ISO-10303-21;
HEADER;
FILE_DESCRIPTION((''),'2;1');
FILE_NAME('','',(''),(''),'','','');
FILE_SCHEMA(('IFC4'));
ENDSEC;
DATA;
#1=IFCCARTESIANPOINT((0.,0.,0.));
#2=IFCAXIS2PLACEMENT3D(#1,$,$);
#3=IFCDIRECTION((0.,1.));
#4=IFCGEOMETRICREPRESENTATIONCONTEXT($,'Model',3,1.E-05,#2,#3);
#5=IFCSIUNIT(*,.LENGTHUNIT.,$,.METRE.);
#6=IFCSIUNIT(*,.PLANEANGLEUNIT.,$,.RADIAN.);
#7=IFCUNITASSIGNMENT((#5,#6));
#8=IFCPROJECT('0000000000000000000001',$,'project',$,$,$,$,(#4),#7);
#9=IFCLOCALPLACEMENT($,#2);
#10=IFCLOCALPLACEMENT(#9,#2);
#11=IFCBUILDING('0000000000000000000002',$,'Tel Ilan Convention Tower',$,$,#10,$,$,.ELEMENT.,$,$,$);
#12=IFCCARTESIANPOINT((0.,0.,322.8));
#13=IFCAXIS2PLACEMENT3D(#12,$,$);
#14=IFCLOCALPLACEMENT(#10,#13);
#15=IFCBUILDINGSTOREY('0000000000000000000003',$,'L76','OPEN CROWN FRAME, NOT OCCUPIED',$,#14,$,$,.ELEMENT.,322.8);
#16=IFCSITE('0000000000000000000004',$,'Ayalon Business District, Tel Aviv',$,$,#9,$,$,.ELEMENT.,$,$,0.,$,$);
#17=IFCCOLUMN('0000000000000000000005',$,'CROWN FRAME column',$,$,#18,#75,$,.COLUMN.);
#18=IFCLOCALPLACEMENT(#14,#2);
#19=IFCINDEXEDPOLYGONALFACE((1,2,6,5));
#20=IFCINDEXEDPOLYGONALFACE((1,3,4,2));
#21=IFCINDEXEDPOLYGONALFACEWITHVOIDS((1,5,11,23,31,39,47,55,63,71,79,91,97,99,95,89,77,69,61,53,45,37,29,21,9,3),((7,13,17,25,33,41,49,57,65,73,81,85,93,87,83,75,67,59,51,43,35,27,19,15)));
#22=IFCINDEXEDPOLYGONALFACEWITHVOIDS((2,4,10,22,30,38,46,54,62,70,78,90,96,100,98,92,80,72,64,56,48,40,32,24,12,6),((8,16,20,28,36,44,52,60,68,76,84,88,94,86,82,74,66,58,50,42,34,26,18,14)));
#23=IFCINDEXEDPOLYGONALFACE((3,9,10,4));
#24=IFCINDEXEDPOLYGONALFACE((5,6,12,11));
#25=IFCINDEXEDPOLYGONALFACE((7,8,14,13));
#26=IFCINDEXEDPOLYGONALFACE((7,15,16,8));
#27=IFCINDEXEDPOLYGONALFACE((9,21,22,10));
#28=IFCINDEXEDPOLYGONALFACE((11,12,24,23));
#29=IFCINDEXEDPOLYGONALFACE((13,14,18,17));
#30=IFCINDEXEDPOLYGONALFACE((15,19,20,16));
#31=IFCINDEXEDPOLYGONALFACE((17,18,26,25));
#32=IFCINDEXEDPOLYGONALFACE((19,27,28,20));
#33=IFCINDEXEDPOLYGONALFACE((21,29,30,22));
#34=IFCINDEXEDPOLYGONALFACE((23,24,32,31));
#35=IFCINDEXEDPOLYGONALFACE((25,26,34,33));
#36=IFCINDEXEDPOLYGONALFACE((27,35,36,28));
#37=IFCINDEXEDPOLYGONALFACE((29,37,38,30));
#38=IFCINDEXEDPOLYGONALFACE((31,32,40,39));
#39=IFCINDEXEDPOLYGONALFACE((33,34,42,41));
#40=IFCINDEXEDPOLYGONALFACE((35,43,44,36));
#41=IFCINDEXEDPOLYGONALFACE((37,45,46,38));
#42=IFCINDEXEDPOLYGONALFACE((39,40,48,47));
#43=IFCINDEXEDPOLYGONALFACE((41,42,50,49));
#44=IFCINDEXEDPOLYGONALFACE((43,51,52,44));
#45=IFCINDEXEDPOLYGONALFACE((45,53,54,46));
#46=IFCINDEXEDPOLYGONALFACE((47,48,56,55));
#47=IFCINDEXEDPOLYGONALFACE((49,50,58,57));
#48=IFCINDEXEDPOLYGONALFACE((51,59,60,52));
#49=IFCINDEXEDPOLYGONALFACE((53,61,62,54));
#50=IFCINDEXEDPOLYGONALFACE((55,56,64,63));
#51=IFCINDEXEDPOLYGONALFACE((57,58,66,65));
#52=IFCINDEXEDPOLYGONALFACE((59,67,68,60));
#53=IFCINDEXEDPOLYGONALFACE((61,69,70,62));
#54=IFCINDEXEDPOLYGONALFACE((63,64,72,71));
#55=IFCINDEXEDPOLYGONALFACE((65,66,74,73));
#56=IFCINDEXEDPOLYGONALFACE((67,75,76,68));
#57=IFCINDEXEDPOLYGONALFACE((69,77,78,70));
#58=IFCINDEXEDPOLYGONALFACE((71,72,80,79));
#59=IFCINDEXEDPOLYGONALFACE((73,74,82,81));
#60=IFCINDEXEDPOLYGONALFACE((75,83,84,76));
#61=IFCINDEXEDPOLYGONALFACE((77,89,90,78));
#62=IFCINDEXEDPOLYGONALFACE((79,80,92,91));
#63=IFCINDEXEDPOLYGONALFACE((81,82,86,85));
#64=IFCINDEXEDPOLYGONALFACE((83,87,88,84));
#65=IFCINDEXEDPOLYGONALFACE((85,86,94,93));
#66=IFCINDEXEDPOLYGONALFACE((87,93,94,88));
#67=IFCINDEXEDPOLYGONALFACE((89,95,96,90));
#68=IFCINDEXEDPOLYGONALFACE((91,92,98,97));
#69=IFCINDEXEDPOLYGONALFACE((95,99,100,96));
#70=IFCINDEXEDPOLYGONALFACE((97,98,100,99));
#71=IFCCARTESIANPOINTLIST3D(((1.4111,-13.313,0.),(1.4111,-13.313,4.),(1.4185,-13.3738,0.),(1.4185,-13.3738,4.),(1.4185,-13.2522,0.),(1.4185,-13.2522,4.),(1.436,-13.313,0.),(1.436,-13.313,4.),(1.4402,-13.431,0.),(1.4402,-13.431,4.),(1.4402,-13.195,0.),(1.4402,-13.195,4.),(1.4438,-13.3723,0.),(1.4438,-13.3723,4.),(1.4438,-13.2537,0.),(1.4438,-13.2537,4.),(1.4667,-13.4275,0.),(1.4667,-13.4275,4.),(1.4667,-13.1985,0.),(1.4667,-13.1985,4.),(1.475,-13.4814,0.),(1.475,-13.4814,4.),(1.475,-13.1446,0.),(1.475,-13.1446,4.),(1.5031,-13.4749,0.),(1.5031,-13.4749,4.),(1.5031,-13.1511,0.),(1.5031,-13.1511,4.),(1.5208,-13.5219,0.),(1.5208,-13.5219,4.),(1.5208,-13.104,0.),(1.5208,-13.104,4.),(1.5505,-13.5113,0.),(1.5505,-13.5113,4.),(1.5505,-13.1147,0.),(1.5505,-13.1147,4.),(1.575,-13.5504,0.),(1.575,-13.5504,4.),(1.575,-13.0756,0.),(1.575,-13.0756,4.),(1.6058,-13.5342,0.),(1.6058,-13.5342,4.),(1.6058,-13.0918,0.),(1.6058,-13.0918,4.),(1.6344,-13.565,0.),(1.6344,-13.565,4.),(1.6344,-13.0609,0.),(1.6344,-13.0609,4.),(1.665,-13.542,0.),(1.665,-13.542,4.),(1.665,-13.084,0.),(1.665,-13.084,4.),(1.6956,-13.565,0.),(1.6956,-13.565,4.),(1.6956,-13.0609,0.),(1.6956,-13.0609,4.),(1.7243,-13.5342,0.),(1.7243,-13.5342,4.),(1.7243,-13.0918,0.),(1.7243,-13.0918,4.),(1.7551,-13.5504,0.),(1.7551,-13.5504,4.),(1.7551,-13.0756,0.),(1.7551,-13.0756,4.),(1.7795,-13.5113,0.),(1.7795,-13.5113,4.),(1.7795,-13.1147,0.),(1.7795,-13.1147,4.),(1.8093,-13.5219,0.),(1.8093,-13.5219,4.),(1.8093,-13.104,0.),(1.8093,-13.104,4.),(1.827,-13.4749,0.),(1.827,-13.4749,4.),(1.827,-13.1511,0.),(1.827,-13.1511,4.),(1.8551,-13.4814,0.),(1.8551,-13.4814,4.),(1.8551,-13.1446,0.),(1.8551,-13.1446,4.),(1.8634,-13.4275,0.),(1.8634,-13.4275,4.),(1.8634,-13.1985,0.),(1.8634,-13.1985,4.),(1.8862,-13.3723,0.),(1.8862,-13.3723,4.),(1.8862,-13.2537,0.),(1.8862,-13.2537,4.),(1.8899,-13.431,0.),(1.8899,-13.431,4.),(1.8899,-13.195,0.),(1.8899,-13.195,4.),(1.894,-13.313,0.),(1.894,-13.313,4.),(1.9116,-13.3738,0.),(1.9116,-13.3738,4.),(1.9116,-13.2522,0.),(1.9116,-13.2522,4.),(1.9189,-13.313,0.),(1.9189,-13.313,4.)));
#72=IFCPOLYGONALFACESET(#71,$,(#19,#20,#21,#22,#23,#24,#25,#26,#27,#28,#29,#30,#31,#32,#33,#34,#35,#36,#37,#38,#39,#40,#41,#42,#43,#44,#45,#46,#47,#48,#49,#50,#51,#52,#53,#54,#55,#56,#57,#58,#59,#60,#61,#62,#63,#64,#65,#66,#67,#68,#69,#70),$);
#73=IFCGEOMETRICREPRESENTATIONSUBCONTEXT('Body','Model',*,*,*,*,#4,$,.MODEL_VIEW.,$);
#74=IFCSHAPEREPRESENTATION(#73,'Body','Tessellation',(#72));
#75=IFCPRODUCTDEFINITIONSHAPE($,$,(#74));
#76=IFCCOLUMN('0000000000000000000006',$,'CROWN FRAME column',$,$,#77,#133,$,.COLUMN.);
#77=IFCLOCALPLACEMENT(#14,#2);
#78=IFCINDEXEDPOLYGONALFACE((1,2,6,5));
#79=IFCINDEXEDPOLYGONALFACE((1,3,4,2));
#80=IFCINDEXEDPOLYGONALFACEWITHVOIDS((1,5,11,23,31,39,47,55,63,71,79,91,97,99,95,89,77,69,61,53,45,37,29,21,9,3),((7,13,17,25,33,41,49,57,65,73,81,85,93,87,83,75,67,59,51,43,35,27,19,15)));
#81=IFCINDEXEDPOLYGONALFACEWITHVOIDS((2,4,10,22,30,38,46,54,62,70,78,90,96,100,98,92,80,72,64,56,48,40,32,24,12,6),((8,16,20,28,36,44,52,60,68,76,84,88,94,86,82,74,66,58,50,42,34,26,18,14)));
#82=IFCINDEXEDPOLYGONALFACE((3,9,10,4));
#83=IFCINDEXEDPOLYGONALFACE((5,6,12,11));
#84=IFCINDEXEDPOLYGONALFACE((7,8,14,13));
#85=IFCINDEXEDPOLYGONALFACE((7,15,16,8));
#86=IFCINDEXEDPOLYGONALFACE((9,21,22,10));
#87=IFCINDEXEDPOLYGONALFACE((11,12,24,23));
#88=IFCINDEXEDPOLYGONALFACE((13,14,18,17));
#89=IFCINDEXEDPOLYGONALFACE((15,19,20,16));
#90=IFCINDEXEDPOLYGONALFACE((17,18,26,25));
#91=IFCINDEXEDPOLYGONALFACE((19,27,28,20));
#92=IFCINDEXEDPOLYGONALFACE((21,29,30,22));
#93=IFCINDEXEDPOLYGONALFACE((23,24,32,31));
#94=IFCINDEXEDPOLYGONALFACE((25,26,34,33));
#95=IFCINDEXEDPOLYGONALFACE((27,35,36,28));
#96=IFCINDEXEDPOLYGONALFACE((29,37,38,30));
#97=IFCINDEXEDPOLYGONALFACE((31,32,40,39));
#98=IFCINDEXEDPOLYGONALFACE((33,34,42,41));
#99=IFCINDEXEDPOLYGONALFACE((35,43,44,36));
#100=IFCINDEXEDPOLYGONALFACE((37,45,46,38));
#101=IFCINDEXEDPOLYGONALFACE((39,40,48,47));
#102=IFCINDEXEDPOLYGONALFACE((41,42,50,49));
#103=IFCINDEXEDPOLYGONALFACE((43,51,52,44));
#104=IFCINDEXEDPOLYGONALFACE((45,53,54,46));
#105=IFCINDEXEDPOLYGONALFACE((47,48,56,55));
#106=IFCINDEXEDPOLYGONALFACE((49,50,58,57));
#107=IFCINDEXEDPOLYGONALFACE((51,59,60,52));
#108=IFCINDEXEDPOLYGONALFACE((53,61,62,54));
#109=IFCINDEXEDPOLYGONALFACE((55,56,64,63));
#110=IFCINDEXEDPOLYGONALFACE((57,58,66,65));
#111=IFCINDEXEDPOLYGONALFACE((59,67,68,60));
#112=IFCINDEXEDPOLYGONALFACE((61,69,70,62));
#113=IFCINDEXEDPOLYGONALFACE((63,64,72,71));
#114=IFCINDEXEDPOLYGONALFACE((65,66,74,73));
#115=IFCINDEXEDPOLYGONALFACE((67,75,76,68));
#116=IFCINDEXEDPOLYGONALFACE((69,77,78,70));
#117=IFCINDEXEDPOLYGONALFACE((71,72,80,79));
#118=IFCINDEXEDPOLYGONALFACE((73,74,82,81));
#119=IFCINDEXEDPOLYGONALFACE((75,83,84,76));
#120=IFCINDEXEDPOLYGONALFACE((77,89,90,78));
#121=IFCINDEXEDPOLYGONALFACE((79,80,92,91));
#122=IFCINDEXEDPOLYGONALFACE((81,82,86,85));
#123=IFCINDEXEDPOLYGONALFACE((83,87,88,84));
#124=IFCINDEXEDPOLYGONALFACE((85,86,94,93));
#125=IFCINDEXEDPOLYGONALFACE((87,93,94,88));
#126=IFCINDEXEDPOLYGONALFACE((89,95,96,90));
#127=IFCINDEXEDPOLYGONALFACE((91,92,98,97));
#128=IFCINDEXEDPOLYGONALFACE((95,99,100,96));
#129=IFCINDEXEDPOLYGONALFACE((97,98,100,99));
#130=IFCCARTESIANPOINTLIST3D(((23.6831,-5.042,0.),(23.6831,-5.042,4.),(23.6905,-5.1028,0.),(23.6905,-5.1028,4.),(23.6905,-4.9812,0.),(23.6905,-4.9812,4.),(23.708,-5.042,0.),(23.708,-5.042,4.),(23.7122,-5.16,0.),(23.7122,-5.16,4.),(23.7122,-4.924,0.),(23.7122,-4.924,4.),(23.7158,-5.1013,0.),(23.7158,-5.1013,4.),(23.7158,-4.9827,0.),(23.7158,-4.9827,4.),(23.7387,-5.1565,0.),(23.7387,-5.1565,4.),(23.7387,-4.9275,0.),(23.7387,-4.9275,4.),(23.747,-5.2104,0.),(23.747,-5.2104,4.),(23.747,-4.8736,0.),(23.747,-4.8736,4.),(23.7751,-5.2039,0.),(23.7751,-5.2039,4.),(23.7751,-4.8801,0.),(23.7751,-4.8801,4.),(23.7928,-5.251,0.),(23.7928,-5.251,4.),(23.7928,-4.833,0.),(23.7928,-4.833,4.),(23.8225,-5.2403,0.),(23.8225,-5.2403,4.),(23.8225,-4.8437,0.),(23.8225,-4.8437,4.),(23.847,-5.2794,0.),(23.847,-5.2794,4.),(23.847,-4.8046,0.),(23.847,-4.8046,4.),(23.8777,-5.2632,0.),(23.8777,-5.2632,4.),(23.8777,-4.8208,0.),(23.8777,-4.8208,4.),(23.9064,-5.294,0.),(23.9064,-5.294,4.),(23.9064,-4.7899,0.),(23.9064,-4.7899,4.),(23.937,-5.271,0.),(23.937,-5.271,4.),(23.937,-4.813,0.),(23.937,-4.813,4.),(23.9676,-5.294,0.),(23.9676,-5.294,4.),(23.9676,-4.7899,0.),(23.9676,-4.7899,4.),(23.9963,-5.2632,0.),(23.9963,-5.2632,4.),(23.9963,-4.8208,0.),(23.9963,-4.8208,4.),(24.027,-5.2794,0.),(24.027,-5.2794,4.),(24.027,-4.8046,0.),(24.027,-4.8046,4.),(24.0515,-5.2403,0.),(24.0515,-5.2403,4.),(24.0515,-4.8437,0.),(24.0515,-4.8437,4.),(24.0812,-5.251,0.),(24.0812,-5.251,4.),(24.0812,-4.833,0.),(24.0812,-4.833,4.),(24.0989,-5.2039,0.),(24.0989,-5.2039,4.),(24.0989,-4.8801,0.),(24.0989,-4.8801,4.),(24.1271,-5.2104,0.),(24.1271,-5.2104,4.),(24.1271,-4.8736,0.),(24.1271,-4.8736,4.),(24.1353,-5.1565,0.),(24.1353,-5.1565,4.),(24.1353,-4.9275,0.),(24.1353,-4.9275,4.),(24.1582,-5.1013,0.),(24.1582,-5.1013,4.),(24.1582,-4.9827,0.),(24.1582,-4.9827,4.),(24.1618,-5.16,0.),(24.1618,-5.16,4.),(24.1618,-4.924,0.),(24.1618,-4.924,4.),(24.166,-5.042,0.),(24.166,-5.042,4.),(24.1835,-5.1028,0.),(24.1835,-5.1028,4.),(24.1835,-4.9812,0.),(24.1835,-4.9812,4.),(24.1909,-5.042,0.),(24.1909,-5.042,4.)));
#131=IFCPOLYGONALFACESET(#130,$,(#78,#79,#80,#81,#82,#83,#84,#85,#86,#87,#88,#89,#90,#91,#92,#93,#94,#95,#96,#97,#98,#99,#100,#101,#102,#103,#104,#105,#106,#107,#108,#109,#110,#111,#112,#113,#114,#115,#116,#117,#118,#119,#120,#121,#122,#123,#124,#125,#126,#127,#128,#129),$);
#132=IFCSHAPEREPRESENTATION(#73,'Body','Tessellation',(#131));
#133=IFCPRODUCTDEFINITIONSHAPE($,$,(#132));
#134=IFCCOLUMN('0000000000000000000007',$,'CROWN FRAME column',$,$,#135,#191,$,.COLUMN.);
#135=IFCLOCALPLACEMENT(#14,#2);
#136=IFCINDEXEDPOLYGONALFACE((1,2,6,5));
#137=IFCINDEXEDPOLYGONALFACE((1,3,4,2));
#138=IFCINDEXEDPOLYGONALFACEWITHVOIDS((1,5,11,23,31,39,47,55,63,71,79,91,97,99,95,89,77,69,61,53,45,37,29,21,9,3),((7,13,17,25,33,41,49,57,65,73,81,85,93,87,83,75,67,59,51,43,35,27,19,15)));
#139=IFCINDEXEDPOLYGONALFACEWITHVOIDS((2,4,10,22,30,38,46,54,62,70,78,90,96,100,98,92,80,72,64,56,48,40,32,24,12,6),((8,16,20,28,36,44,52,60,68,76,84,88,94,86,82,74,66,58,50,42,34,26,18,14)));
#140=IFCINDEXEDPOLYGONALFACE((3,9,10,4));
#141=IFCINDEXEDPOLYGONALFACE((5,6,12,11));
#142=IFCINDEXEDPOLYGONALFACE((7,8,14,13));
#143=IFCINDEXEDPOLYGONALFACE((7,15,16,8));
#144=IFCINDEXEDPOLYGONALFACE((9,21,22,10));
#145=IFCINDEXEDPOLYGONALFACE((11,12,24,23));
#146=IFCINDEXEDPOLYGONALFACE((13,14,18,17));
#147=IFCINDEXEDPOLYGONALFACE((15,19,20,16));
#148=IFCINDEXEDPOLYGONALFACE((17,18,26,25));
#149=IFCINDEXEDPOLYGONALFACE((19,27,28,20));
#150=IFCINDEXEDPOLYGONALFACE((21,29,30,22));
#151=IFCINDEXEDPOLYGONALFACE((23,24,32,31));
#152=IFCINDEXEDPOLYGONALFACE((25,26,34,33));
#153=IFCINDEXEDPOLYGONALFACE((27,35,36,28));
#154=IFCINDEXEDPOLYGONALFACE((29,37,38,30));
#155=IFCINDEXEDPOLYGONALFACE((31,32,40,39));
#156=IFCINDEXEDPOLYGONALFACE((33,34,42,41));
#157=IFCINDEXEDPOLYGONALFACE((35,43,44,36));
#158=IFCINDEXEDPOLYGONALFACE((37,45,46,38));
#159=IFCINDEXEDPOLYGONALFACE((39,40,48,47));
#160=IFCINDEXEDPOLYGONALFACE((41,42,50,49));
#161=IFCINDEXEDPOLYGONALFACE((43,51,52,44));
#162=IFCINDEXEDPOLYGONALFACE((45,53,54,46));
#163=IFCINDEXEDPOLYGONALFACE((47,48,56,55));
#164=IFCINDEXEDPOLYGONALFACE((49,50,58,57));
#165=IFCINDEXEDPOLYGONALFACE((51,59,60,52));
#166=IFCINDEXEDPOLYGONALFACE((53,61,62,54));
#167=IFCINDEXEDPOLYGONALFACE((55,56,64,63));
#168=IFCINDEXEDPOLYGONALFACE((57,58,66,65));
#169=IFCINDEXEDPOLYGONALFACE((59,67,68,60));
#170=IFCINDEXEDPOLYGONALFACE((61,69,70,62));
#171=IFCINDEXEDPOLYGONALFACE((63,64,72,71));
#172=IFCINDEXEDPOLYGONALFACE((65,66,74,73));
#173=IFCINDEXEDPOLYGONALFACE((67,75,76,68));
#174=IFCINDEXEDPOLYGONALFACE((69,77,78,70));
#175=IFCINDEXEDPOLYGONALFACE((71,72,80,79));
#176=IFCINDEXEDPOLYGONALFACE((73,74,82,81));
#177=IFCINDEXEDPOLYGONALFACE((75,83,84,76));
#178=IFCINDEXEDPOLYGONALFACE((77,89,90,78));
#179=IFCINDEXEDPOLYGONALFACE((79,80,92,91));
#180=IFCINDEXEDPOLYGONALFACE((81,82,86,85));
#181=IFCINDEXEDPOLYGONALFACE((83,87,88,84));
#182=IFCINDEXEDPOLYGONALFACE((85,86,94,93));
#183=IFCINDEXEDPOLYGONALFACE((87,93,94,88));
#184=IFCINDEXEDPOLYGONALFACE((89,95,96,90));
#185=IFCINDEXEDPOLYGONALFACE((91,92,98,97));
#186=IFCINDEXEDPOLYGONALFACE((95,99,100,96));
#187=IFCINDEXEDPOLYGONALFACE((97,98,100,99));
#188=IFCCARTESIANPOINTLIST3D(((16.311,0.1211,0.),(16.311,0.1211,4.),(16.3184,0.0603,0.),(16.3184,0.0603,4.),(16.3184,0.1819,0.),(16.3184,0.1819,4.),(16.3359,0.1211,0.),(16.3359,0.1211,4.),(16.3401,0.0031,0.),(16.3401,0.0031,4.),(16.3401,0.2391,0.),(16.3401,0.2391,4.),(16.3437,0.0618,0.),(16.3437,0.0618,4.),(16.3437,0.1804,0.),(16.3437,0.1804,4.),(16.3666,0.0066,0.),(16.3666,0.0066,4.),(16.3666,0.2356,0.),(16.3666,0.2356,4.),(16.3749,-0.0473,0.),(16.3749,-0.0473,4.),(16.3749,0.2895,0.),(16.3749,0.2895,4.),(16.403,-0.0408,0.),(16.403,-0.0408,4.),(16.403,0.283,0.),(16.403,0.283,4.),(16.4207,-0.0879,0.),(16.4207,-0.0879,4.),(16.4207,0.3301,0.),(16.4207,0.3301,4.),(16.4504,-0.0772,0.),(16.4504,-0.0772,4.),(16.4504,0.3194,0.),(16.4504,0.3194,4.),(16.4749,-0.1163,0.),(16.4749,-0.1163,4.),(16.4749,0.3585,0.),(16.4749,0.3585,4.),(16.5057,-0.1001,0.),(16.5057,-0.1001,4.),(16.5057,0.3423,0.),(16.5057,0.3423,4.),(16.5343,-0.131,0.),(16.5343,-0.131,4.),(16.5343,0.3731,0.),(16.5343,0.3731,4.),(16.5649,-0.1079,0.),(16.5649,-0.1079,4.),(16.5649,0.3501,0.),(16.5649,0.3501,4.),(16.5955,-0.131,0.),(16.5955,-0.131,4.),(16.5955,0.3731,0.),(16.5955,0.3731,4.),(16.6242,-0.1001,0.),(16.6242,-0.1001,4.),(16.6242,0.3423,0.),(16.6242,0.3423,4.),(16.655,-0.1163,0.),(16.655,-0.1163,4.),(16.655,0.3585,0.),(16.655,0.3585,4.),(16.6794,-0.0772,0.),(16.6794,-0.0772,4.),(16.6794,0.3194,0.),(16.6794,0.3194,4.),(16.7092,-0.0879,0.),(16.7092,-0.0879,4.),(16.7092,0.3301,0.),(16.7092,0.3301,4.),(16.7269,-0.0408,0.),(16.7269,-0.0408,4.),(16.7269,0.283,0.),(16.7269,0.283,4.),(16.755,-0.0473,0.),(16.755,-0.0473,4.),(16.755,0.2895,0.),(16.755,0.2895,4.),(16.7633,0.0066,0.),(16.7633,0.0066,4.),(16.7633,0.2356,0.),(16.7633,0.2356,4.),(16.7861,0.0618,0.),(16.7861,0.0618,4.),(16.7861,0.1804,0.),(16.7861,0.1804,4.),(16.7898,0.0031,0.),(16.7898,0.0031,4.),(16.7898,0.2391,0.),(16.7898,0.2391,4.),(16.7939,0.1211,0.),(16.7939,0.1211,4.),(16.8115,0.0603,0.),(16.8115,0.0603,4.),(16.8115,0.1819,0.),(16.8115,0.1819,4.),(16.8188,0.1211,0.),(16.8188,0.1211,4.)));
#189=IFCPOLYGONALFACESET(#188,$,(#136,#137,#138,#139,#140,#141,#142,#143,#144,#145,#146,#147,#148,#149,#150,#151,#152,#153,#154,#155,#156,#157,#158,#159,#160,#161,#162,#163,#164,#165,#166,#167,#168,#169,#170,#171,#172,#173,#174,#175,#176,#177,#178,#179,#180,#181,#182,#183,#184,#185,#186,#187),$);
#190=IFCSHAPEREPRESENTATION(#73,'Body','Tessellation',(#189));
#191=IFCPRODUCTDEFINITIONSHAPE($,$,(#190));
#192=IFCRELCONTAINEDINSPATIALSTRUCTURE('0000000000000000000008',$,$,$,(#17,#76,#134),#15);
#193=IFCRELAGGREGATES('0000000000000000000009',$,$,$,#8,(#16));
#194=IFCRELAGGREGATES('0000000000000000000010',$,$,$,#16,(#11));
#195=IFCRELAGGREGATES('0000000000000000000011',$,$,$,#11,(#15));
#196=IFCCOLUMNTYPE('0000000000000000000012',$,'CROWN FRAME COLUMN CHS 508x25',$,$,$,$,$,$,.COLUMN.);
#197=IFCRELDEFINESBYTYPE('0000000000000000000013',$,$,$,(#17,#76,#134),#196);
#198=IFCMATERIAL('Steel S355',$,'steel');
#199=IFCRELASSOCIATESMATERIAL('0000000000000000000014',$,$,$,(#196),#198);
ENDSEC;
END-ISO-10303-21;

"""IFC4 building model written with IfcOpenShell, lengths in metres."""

from ifc_helpers import new_model, si_unit, direction, frame, origin, origin_2d, place, context, subcontext, project, spatial, hollow_circle, extrude, material, material_profile, profile_set, type_object, element, save


model = new_model("IFC4")

# Units and contexts
model_context = context("Model", 3, precision=1e-05, world=origin(), true_north=direction((0.0, 1.0)))
body_context = subcontext(model_context, "Body", "Model", "MODEL_VIEW")
ifc_project = project(units=[si_unit("LENGTHUNIT", "METRE"), si_unit("PLANEANGLEUNIT", "RADIAN")], contexts=[model_context])

# Site, building, storey
site_placement = place(None, origin())
site = spatial("IfcSite", under=ifc_project, at=site_placement, Name="Ayalon Business District, Tel Aviv", CompositionType="ELEMENT", RefElevation=0.0)
building_placement = place(site_placement, origin())
building = spatial("IfcBuilding", under=site, at=building_placement, Name="Tel Ilan Convention Tower", CompositionType="ELEMENT")
storey_placement = place(building_placement, frame((0.0, 0.0, 322.8)))
storey = spatial("IfcBuildingStorey", under=building, at=storey_placement, Name="L76", Description="OPEN CROWN FRAME, NOT OCCUPIED", CompositionType="ELEMENT", Elevation=322.8)

# Columns
ifc_material_1 = material(Name="Steel S355", Category="steel")
ifc_material_profile_1 = material_profile(ifc_material_1, hollow_circle(Radius=0.2539, WallThickness=0.0249, at=origin_2d()), Name="CHS 508x25")
ifc_profile_set_1 = profile_set([ifc_material_profile_1], Name="Steel S355")
column_type_1 = type_object("IfcColumnType", Name="CROWN FRAME COLUMN CHS 508x25", PredefinedType="COLUMN", material=ifc_profile_set_1)
for number, where, z_axis, x_axis, name in (
    (1, (1.665, -13.313, 0.0), (0.0, 0.0, 1.0), (1.0, 0.0, 0.0), "CROWN FRAME column"),
    (2, (23.937, -5.042, 0.0), (0.0, 0.0, 1.0), (1.0, 0.0, 0.0), "CROWN FRAME column"),
    (3, (16.5649, 0.1211, 0.0), (0.0, 0.0, 1.0), (1.0, 0.0, 0.0), "CROWN FRAME column"),
):
    element("IfcColumn", number, at=place(storey_placement, frame(where, z_axis=z_axis, x_axis=x_axis)), inside=storey, type_object=column_type_1, Name=name, PredefinedType="COLUMN", context=body_context, shape_type="SweptSolid", body=[
        extrude(hollow_circle(Radius=0.2539, WallThickness=0.0249, at=origin_2d()), origin(), (0.0, 0.0, 1.0), 4.0),
    ])

save(model, "model.ifc")
